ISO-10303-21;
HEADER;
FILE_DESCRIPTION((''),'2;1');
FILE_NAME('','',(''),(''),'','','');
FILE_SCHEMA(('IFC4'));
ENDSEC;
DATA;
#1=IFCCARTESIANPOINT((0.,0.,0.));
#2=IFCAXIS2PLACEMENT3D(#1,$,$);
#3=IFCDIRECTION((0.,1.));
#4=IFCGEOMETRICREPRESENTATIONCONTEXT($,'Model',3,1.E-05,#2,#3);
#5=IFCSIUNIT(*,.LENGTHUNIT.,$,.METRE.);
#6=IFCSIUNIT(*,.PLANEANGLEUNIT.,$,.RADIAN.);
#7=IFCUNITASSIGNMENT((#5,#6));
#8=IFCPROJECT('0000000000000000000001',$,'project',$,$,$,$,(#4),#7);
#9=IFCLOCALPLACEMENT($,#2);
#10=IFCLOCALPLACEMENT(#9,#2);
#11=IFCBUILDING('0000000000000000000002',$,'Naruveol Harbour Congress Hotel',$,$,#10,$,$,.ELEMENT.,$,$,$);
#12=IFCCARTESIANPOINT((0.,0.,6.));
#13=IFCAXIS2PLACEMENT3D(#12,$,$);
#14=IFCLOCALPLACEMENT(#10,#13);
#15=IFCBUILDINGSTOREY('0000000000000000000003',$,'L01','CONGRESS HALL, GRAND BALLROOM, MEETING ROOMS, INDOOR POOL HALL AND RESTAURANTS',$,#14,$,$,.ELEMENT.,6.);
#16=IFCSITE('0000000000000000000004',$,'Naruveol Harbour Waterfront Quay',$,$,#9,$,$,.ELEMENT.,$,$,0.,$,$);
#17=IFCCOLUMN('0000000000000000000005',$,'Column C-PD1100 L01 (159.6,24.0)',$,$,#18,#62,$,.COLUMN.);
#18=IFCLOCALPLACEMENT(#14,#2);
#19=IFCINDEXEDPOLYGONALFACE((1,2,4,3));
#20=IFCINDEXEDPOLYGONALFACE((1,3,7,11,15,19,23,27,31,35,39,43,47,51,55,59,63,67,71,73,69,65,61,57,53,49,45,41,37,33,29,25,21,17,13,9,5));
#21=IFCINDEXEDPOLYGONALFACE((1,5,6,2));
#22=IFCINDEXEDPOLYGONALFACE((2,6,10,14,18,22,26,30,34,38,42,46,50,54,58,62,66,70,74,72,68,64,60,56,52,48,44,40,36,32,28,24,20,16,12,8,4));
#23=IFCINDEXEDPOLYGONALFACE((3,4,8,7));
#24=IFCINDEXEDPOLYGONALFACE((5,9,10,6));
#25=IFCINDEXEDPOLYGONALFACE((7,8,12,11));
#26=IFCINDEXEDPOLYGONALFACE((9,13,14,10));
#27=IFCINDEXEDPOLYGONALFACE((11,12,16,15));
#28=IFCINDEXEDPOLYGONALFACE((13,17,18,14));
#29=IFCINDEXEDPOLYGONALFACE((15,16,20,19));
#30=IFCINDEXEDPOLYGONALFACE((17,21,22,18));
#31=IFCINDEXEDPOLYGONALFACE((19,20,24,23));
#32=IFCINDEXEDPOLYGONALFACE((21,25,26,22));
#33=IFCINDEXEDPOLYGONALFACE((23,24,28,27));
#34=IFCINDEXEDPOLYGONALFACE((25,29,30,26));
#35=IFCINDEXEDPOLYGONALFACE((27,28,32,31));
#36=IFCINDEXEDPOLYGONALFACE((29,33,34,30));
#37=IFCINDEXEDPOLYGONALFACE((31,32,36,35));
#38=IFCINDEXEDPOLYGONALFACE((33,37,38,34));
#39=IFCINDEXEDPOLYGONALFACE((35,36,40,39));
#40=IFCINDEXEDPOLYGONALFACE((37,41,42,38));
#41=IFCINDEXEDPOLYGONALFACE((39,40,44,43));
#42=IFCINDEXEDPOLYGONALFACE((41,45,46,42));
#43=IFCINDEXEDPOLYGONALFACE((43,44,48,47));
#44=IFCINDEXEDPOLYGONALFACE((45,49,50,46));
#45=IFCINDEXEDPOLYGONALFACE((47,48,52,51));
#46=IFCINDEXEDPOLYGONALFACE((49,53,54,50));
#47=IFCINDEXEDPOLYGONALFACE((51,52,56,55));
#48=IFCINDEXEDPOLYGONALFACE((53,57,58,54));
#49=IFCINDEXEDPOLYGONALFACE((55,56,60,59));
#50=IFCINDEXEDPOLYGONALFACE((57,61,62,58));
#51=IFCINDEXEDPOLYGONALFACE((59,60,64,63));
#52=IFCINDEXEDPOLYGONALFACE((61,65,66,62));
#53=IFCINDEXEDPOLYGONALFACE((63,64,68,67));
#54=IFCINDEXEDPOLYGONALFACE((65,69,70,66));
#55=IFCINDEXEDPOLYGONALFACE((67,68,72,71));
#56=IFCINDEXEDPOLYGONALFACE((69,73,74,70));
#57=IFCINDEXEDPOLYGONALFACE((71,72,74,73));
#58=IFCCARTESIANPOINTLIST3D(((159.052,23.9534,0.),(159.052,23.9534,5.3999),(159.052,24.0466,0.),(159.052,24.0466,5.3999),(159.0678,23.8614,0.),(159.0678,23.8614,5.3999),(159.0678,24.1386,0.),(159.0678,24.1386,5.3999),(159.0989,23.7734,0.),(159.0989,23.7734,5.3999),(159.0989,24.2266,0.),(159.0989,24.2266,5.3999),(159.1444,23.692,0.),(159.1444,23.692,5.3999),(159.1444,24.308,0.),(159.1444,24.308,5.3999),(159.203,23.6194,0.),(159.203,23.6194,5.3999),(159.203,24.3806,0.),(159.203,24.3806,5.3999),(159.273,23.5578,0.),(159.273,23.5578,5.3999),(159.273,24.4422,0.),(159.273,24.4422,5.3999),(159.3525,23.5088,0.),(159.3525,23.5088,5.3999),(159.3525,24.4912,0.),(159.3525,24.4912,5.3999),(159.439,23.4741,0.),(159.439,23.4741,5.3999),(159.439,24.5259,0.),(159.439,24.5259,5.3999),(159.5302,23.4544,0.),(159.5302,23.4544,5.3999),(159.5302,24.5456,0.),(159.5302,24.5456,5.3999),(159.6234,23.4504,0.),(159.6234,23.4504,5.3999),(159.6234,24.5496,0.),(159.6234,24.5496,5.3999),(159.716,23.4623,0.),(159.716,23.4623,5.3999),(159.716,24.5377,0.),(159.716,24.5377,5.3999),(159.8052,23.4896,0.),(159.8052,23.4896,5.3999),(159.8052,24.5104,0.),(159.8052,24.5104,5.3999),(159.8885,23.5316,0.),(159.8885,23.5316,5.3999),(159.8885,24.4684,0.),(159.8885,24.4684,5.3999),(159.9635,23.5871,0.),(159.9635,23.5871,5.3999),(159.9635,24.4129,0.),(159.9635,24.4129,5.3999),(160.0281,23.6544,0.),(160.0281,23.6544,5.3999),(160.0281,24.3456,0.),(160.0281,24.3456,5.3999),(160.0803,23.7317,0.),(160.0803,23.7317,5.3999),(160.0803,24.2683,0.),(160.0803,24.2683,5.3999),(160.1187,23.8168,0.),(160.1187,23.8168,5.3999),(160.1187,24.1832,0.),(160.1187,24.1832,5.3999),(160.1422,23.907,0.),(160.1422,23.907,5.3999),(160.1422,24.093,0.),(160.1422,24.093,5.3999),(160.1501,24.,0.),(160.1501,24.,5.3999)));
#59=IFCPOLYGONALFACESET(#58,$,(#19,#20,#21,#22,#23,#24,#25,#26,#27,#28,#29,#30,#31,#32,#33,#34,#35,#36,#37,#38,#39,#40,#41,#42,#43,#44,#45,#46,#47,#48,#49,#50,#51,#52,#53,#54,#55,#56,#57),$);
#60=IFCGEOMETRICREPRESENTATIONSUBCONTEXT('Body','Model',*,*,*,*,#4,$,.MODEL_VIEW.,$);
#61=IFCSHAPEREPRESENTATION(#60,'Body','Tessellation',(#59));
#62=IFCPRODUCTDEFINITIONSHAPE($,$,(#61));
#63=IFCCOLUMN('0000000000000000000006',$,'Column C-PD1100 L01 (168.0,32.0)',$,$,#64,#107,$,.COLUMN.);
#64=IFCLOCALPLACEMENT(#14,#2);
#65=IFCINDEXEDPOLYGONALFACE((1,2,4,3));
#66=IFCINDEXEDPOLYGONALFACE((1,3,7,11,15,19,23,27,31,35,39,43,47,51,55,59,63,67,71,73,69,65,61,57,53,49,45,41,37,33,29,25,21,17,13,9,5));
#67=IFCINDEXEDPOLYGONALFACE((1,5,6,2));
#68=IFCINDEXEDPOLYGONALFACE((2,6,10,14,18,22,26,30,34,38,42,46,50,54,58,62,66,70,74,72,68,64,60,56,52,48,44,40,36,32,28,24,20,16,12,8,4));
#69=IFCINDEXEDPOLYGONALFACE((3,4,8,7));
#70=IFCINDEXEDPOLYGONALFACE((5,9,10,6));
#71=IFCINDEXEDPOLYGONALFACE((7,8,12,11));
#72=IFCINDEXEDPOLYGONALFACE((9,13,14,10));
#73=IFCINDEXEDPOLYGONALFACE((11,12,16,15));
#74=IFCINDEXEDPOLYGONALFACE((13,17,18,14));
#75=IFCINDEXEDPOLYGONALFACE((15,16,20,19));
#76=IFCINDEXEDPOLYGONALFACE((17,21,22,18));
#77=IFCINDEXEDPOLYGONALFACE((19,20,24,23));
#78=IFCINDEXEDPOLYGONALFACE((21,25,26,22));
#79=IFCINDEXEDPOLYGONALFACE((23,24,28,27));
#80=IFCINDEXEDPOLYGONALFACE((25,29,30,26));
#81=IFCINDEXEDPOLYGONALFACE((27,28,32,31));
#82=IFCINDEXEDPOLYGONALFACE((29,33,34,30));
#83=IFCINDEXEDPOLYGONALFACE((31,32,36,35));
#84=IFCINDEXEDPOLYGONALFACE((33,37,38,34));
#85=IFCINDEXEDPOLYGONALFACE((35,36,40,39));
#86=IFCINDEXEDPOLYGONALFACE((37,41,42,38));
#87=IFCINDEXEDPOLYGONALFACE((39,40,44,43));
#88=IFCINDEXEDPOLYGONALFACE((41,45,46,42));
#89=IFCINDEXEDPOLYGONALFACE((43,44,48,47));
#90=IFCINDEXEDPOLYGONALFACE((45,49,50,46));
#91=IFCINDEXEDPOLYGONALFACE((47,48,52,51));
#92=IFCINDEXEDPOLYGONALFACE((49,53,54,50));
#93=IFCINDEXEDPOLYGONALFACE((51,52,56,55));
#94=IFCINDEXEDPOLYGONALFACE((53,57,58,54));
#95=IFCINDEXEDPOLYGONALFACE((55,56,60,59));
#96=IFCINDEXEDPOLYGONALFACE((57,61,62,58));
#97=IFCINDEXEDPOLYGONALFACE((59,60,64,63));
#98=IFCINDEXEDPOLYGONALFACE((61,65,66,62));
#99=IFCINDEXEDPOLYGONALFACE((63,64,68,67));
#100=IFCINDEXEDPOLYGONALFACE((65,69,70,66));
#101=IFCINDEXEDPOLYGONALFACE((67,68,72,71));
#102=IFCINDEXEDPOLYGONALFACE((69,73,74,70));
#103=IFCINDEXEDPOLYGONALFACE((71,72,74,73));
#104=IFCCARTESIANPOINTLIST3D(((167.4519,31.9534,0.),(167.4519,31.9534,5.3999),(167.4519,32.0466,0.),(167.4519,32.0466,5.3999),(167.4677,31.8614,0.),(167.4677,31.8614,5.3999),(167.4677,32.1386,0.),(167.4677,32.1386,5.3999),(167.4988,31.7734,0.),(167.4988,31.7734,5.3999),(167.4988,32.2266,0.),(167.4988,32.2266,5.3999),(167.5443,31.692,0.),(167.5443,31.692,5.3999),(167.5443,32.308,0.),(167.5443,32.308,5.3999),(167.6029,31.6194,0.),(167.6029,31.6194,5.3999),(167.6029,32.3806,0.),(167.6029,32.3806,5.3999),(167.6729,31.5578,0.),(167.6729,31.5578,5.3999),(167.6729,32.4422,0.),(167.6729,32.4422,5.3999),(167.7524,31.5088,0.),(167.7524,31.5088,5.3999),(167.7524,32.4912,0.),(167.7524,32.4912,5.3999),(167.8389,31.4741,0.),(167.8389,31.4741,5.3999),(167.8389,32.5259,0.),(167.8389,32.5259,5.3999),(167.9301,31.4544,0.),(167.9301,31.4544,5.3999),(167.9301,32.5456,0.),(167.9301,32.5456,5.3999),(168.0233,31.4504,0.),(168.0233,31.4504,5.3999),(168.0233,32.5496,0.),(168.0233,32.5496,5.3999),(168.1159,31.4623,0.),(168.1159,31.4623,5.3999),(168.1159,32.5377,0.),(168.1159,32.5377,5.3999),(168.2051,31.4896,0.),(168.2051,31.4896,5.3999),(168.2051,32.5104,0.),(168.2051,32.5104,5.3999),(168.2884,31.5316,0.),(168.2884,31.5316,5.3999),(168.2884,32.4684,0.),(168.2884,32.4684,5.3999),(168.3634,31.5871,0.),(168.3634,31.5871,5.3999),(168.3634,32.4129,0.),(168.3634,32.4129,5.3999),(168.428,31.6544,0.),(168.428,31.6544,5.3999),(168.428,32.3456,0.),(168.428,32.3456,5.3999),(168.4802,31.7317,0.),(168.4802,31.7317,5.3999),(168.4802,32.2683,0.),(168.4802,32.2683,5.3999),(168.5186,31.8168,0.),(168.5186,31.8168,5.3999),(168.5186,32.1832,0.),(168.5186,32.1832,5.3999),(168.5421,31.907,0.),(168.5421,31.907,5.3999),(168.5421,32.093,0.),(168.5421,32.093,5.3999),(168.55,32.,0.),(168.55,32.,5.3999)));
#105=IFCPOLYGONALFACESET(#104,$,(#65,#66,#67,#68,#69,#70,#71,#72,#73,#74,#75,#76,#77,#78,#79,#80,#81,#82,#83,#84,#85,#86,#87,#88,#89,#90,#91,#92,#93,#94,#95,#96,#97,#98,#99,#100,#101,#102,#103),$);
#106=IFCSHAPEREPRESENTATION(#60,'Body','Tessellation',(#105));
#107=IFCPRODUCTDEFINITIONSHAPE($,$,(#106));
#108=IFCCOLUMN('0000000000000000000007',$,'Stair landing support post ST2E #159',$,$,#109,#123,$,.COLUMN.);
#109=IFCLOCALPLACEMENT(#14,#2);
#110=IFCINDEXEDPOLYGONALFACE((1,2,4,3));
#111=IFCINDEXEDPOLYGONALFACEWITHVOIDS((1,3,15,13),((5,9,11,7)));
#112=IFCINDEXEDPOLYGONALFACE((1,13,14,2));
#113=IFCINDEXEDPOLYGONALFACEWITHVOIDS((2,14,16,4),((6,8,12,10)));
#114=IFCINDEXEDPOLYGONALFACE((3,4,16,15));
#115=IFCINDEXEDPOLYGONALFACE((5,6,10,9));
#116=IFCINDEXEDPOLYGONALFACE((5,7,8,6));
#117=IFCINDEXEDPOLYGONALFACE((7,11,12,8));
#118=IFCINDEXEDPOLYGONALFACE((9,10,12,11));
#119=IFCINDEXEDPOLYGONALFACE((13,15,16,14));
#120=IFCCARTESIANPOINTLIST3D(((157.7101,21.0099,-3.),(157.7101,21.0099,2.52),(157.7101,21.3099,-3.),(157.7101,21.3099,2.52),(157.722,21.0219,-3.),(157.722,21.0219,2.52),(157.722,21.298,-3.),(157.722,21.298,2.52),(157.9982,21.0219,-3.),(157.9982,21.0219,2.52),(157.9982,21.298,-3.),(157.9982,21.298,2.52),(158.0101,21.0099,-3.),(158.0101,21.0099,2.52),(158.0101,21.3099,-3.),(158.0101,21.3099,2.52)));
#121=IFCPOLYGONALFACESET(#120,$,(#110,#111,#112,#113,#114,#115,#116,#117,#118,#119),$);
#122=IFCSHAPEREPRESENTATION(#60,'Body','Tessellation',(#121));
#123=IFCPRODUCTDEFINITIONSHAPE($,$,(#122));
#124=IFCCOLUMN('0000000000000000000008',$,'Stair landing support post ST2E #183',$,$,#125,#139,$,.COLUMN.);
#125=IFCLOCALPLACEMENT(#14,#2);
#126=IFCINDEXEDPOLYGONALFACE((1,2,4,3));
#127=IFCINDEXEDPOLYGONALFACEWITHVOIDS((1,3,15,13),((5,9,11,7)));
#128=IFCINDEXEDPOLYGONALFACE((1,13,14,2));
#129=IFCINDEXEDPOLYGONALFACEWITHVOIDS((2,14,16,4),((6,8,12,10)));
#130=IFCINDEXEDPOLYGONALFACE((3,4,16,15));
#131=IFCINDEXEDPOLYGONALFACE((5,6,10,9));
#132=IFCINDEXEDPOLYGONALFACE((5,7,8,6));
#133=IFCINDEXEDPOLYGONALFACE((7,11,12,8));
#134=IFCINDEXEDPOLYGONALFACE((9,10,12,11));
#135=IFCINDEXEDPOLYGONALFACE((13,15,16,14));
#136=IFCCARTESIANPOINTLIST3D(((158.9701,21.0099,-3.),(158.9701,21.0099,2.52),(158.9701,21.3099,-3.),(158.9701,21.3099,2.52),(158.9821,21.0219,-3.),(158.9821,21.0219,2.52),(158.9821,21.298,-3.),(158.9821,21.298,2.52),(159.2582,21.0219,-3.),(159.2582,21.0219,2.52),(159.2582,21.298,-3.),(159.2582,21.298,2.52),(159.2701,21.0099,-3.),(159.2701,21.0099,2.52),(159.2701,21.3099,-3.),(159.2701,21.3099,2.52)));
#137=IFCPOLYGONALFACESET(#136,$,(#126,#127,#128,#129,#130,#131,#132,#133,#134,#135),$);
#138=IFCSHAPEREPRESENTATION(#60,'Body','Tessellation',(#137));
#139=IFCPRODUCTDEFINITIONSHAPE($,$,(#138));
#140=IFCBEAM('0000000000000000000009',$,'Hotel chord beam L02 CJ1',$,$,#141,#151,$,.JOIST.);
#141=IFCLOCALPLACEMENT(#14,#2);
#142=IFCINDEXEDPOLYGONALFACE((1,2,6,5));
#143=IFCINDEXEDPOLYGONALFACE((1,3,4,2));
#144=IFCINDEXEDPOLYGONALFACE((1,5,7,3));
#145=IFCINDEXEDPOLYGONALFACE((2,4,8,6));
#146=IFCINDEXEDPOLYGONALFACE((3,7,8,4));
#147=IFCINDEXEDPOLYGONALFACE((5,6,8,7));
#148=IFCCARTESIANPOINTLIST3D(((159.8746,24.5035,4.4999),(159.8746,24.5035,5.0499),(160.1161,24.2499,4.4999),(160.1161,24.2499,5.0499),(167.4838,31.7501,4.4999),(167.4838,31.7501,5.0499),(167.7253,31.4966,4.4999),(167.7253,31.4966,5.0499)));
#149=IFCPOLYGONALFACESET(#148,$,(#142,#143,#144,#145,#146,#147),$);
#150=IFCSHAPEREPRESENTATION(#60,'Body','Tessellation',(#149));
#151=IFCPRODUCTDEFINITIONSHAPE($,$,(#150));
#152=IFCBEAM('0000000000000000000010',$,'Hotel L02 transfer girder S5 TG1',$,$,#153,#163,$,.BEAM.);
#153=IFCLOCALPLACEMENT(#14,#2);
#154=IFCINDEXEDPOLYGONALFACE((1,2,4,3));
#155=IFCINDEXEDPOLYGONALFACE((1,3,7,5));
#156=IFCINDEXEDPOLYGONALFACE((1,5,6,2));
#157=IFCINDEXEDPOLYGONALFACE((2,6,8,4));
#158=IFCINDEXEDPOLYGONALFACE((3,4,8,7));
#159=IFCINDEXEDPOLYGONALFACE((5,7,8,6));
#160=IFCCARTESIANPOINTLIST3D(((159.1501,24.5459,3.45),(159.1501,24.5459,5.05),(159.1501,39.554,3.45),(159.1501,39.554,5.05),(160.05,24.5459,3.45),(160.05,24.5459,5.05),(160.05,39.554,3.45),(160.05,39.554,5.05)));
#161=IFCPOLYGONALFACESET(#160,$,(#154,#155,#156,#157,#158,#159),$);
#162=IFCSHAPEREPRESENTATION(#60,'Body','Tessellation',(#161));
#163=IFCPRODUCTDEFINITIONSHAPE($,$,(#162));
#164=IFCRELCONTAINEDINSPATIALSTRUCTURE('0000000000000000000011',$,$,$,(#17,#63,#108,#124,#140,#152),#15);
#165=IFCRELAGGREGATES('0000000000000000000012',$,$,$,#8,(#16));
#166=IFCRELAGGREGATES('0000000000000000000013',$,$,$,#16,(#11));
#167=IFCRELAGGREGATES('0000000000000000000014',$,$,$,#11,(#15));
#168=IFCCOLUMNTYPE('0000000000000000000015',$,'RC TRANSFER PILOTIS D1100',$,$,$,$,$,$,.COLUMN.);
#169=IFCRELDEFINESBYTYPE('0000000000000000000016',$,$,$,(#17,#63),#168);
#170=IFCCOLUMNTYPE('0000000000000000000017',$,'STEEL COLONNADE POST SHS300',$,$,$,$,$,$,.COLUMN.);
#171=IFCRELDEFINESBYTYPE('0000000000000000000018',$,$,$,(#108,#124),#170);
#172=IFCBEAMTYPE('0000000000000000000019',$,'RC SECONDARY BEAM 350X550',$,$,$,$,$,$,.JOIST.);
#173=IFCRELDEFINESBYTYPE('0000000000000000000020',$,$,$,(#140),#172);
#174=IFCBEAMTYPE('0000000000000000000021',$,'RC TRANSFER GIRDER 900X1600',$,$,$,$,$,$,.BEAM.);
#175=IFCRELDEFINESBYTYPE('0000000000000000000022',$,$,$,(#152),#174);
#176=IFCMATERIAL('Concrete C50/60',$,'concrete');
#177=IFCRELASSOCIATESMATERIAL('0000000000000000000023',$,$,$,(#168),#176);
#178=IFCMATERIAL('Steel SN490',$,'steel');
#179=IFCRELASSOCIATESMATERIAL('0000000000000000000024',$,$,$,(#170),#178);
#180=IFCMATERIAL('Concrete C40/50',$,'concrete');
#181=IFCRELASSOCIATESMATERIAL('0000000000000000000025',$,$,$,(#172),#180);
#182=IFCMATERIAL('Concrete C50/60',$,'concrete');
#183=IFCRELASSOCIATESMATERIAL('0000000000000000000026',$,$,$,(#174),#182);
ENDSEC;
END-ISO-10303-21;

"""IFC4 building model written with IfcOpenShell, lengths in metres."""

from ifc_helpers import new_model, si_unit, direction, frame, origin, origin_2d, place, context, subcontext, project, spatial, rectangle, hollow_rectangle, circle, extrude, material, material_profile, profile_set, type_object, element, save


model = new_model("IFC4")

# Units and contexts
model_context = context("Model", 3, precision=1e-05, world=origin(), true_north=direction((0.0, 1.0)))
body_context = subcontext(model_context, "Body", "Model", "MODEL_VIEW")
ifc_project = project(units=[si_unit("LENGTHUNIT", "METRE"), si_unit("PLANEANGLEUNIT", "RADIAN")], contexts=[model_context])

# Site, building, storey
site_placement = place(None, origin())
site = spatial("IfcSite", under=ifc_project, at=site_placement, Name="Naruveol Harbour Waterfront Quay", CompositionType="ELEMENT", RefElevation=0.0)
building_placement = place(site_placement, origin())
building = spatial("IfcBuilding", under=site, at=building_placement, Name="Naruveol Harbour Congress Hotel", CompositionType="ELEMENT")
storey_placement = place(building_placement, frame((0.0, 0.0, 6.0)))
storey = spatial("IfcBuildingStorey", under=building, at=storey_placement, Name="L01", Description="CONGRESS HALL, GRAND BALLROOM, MEETING ROOMS, INDOOR POOL HALL AND RESTAURANTS", CompositionType="ELEMENT", Elevation=6.0)

# Columns
ifc_material_1 = material(Name="Concrete C50/60", Category="concrete")
ifc_material_profile_1 = material_profile(ifc_material_1, circle(Radius=0.55, at=origin_2d()), Name="RC-D1100")
ifc_profile_set_1 = profile_set([ifc_material_profile_1], Name="Concrete C50/60")
column_type_1 = type_object("IfcColumnType", Name="RC TRANSFER PILOTIS D1100", PredefinedType="COLUMN", material=ifc_profile_set_1)
for number, where, z_axis, x_axis, name in (
    (1, (159.6001, 24.0, 0.0), (0.0, 0.0, 1.0), (1.0, 0.0, 0.0), "Column C-PD1100 L01 (159.6,24.0)"),
    (2, (168.0, 32.0, 0.0), (0.0, 0.0, 1.0), (1.0, 0.0, 0.0), "Column C-PD1100 L01 (168.0,32.0)"),
):
    element("IfcColumn", number, at=place(storey_placement, frame(where, z_axis=z_axis, x_axis=x_axis)), inside=storey, type_object=column_type_1, Name=name, PredefinedType="COLUMN", context=body_context, shape_type="SweptSolid", body=[
        extrude(circle(Radius=0.55, at=origin_2d()), origin(), (0.0, 0.0, 1.0), 5.3999),
    ])
ifc_material_2 = material(Name="Steel SN490", Category="steel")
ifc_material_profile_2 = material_profile(ifc_material_2, hollow_rectangle(XDim=0.3, YDim=0.3, WallThickness=0.012, at=origin_2d()), Name="SHS-300x300x12")
ifc_profile_set_2 = profile_set([ifc_material_profile_2], Name="Steel SN490")
column_type_2 = type_object("IfcColumnType", Name="STEEL COLONNADE POST SHS300", PredefinedType="COLUMN", material=ifc_profile_set_2)
for number, where, z_axis, x_axis, name in (
    (3, (157.8601, 21.1599, -3.0), (0.0, 0.0, 1.0), (1.0, 0.0, 0.0), "Stair landing support post ST2E #159"),
    (4, (159.1201, 21.1599, -3.0), (0.0, 0.0, 1.0), (1.0, 0.0, 0.0), "Stair landing support post ST2E #183"),
):
    element("IfcColumn", number, at=place(storey_placement, frame(where, z_axis=z_axis, x_axis=x_axis)), inside=storey, type_object=column_type_2, Name=name, PredefinedType="COLUMN", context=body_context, shape_type="SweptSolid", body=[
        extrude(hollow_rectangle(XDim=0.3, YDim=0.3, WallThickness=0.012, at=origin_2d()), origin(), (0.0, 0.0, 1.0), 5.52),
    ])

# Beams
ifc_material_3 = material(Name="Concrete C40/50", Category="concrete")
ifc_material_profile_3 = material_profile(ifc_material_3, rectangle(XDim=0.3501, YDim=0.55, at=origin_2d()), Name="RCB-350x550")
ifc_profile_set_3 = profile_set([ifc_material_profile_3], Name="Concrete C40/50")
beam_type_1 = type_object("IfcBeamType", Name="RC SECONDARY BEAM 350X550", PredefinedType="JOIST", material=ifc_profile_set_3)
beam_1_placement = place(storey_placement, frame((159.9954, 24.3767, 4.7749), z_axis=(0.724148, 0.689645, 0.0), x_axis=(-0.689645, 0.724148, 0.0)))
element("IfcBeam", 5, at=beam_1_placement, inside=storey, type_object=beam_type_1, Name="Hotel chord beam L02 CJ1", PredefinedType="JOIST", context=body_context, shape_type="SweptSolid", body=[
    extrude(rectangle(XDim=0.3501, YDim=0.55, at=origin_2d()), origin(), (0.0, 0.0, 1.0), 10.5078),
])
ifc_material_4 = material(Name="Concrete C50/60", Category="concrete")
ifc_material_profile_4 = material_profile(ifc_material_4, rectangle(XDim=0.8999, YDim=1.6001, at=origin_2d()), Name="RCB-900x1600")
ifc_profile_set_4 = profile_set([ifc_material_profile_4], Name="Concrete C50/60")
beam_type_2 = type_object("IfcBeamType", Name="RC TRANSFER GIRDER 900X1600", PredefinedType="BEAM", material=ifc_profile_set_4)
beam_2_placement = place(storey_placement, frame((159.6001, 24.5459, 4.25), z_axis=(0.0, 1.0, 0.0), x_axis=(-1.0, 0.0, 0.0)))
element("IfcBeam", 6, at=beam_2_placement, inside=storey, type_object=beam_type_2, Name="Hotel L02 transfer girder S5 TG1", PredefinedType="BEAM", context=body_context, shape_type="SweptSolid", body=[
    extrude(rectangle(XDim=0.8999, YDim=1.6001, at=origin_2d()), origin(), (0.0, 0.0, 1.0), 15.0081),
])

save(model, "model.ifc")
